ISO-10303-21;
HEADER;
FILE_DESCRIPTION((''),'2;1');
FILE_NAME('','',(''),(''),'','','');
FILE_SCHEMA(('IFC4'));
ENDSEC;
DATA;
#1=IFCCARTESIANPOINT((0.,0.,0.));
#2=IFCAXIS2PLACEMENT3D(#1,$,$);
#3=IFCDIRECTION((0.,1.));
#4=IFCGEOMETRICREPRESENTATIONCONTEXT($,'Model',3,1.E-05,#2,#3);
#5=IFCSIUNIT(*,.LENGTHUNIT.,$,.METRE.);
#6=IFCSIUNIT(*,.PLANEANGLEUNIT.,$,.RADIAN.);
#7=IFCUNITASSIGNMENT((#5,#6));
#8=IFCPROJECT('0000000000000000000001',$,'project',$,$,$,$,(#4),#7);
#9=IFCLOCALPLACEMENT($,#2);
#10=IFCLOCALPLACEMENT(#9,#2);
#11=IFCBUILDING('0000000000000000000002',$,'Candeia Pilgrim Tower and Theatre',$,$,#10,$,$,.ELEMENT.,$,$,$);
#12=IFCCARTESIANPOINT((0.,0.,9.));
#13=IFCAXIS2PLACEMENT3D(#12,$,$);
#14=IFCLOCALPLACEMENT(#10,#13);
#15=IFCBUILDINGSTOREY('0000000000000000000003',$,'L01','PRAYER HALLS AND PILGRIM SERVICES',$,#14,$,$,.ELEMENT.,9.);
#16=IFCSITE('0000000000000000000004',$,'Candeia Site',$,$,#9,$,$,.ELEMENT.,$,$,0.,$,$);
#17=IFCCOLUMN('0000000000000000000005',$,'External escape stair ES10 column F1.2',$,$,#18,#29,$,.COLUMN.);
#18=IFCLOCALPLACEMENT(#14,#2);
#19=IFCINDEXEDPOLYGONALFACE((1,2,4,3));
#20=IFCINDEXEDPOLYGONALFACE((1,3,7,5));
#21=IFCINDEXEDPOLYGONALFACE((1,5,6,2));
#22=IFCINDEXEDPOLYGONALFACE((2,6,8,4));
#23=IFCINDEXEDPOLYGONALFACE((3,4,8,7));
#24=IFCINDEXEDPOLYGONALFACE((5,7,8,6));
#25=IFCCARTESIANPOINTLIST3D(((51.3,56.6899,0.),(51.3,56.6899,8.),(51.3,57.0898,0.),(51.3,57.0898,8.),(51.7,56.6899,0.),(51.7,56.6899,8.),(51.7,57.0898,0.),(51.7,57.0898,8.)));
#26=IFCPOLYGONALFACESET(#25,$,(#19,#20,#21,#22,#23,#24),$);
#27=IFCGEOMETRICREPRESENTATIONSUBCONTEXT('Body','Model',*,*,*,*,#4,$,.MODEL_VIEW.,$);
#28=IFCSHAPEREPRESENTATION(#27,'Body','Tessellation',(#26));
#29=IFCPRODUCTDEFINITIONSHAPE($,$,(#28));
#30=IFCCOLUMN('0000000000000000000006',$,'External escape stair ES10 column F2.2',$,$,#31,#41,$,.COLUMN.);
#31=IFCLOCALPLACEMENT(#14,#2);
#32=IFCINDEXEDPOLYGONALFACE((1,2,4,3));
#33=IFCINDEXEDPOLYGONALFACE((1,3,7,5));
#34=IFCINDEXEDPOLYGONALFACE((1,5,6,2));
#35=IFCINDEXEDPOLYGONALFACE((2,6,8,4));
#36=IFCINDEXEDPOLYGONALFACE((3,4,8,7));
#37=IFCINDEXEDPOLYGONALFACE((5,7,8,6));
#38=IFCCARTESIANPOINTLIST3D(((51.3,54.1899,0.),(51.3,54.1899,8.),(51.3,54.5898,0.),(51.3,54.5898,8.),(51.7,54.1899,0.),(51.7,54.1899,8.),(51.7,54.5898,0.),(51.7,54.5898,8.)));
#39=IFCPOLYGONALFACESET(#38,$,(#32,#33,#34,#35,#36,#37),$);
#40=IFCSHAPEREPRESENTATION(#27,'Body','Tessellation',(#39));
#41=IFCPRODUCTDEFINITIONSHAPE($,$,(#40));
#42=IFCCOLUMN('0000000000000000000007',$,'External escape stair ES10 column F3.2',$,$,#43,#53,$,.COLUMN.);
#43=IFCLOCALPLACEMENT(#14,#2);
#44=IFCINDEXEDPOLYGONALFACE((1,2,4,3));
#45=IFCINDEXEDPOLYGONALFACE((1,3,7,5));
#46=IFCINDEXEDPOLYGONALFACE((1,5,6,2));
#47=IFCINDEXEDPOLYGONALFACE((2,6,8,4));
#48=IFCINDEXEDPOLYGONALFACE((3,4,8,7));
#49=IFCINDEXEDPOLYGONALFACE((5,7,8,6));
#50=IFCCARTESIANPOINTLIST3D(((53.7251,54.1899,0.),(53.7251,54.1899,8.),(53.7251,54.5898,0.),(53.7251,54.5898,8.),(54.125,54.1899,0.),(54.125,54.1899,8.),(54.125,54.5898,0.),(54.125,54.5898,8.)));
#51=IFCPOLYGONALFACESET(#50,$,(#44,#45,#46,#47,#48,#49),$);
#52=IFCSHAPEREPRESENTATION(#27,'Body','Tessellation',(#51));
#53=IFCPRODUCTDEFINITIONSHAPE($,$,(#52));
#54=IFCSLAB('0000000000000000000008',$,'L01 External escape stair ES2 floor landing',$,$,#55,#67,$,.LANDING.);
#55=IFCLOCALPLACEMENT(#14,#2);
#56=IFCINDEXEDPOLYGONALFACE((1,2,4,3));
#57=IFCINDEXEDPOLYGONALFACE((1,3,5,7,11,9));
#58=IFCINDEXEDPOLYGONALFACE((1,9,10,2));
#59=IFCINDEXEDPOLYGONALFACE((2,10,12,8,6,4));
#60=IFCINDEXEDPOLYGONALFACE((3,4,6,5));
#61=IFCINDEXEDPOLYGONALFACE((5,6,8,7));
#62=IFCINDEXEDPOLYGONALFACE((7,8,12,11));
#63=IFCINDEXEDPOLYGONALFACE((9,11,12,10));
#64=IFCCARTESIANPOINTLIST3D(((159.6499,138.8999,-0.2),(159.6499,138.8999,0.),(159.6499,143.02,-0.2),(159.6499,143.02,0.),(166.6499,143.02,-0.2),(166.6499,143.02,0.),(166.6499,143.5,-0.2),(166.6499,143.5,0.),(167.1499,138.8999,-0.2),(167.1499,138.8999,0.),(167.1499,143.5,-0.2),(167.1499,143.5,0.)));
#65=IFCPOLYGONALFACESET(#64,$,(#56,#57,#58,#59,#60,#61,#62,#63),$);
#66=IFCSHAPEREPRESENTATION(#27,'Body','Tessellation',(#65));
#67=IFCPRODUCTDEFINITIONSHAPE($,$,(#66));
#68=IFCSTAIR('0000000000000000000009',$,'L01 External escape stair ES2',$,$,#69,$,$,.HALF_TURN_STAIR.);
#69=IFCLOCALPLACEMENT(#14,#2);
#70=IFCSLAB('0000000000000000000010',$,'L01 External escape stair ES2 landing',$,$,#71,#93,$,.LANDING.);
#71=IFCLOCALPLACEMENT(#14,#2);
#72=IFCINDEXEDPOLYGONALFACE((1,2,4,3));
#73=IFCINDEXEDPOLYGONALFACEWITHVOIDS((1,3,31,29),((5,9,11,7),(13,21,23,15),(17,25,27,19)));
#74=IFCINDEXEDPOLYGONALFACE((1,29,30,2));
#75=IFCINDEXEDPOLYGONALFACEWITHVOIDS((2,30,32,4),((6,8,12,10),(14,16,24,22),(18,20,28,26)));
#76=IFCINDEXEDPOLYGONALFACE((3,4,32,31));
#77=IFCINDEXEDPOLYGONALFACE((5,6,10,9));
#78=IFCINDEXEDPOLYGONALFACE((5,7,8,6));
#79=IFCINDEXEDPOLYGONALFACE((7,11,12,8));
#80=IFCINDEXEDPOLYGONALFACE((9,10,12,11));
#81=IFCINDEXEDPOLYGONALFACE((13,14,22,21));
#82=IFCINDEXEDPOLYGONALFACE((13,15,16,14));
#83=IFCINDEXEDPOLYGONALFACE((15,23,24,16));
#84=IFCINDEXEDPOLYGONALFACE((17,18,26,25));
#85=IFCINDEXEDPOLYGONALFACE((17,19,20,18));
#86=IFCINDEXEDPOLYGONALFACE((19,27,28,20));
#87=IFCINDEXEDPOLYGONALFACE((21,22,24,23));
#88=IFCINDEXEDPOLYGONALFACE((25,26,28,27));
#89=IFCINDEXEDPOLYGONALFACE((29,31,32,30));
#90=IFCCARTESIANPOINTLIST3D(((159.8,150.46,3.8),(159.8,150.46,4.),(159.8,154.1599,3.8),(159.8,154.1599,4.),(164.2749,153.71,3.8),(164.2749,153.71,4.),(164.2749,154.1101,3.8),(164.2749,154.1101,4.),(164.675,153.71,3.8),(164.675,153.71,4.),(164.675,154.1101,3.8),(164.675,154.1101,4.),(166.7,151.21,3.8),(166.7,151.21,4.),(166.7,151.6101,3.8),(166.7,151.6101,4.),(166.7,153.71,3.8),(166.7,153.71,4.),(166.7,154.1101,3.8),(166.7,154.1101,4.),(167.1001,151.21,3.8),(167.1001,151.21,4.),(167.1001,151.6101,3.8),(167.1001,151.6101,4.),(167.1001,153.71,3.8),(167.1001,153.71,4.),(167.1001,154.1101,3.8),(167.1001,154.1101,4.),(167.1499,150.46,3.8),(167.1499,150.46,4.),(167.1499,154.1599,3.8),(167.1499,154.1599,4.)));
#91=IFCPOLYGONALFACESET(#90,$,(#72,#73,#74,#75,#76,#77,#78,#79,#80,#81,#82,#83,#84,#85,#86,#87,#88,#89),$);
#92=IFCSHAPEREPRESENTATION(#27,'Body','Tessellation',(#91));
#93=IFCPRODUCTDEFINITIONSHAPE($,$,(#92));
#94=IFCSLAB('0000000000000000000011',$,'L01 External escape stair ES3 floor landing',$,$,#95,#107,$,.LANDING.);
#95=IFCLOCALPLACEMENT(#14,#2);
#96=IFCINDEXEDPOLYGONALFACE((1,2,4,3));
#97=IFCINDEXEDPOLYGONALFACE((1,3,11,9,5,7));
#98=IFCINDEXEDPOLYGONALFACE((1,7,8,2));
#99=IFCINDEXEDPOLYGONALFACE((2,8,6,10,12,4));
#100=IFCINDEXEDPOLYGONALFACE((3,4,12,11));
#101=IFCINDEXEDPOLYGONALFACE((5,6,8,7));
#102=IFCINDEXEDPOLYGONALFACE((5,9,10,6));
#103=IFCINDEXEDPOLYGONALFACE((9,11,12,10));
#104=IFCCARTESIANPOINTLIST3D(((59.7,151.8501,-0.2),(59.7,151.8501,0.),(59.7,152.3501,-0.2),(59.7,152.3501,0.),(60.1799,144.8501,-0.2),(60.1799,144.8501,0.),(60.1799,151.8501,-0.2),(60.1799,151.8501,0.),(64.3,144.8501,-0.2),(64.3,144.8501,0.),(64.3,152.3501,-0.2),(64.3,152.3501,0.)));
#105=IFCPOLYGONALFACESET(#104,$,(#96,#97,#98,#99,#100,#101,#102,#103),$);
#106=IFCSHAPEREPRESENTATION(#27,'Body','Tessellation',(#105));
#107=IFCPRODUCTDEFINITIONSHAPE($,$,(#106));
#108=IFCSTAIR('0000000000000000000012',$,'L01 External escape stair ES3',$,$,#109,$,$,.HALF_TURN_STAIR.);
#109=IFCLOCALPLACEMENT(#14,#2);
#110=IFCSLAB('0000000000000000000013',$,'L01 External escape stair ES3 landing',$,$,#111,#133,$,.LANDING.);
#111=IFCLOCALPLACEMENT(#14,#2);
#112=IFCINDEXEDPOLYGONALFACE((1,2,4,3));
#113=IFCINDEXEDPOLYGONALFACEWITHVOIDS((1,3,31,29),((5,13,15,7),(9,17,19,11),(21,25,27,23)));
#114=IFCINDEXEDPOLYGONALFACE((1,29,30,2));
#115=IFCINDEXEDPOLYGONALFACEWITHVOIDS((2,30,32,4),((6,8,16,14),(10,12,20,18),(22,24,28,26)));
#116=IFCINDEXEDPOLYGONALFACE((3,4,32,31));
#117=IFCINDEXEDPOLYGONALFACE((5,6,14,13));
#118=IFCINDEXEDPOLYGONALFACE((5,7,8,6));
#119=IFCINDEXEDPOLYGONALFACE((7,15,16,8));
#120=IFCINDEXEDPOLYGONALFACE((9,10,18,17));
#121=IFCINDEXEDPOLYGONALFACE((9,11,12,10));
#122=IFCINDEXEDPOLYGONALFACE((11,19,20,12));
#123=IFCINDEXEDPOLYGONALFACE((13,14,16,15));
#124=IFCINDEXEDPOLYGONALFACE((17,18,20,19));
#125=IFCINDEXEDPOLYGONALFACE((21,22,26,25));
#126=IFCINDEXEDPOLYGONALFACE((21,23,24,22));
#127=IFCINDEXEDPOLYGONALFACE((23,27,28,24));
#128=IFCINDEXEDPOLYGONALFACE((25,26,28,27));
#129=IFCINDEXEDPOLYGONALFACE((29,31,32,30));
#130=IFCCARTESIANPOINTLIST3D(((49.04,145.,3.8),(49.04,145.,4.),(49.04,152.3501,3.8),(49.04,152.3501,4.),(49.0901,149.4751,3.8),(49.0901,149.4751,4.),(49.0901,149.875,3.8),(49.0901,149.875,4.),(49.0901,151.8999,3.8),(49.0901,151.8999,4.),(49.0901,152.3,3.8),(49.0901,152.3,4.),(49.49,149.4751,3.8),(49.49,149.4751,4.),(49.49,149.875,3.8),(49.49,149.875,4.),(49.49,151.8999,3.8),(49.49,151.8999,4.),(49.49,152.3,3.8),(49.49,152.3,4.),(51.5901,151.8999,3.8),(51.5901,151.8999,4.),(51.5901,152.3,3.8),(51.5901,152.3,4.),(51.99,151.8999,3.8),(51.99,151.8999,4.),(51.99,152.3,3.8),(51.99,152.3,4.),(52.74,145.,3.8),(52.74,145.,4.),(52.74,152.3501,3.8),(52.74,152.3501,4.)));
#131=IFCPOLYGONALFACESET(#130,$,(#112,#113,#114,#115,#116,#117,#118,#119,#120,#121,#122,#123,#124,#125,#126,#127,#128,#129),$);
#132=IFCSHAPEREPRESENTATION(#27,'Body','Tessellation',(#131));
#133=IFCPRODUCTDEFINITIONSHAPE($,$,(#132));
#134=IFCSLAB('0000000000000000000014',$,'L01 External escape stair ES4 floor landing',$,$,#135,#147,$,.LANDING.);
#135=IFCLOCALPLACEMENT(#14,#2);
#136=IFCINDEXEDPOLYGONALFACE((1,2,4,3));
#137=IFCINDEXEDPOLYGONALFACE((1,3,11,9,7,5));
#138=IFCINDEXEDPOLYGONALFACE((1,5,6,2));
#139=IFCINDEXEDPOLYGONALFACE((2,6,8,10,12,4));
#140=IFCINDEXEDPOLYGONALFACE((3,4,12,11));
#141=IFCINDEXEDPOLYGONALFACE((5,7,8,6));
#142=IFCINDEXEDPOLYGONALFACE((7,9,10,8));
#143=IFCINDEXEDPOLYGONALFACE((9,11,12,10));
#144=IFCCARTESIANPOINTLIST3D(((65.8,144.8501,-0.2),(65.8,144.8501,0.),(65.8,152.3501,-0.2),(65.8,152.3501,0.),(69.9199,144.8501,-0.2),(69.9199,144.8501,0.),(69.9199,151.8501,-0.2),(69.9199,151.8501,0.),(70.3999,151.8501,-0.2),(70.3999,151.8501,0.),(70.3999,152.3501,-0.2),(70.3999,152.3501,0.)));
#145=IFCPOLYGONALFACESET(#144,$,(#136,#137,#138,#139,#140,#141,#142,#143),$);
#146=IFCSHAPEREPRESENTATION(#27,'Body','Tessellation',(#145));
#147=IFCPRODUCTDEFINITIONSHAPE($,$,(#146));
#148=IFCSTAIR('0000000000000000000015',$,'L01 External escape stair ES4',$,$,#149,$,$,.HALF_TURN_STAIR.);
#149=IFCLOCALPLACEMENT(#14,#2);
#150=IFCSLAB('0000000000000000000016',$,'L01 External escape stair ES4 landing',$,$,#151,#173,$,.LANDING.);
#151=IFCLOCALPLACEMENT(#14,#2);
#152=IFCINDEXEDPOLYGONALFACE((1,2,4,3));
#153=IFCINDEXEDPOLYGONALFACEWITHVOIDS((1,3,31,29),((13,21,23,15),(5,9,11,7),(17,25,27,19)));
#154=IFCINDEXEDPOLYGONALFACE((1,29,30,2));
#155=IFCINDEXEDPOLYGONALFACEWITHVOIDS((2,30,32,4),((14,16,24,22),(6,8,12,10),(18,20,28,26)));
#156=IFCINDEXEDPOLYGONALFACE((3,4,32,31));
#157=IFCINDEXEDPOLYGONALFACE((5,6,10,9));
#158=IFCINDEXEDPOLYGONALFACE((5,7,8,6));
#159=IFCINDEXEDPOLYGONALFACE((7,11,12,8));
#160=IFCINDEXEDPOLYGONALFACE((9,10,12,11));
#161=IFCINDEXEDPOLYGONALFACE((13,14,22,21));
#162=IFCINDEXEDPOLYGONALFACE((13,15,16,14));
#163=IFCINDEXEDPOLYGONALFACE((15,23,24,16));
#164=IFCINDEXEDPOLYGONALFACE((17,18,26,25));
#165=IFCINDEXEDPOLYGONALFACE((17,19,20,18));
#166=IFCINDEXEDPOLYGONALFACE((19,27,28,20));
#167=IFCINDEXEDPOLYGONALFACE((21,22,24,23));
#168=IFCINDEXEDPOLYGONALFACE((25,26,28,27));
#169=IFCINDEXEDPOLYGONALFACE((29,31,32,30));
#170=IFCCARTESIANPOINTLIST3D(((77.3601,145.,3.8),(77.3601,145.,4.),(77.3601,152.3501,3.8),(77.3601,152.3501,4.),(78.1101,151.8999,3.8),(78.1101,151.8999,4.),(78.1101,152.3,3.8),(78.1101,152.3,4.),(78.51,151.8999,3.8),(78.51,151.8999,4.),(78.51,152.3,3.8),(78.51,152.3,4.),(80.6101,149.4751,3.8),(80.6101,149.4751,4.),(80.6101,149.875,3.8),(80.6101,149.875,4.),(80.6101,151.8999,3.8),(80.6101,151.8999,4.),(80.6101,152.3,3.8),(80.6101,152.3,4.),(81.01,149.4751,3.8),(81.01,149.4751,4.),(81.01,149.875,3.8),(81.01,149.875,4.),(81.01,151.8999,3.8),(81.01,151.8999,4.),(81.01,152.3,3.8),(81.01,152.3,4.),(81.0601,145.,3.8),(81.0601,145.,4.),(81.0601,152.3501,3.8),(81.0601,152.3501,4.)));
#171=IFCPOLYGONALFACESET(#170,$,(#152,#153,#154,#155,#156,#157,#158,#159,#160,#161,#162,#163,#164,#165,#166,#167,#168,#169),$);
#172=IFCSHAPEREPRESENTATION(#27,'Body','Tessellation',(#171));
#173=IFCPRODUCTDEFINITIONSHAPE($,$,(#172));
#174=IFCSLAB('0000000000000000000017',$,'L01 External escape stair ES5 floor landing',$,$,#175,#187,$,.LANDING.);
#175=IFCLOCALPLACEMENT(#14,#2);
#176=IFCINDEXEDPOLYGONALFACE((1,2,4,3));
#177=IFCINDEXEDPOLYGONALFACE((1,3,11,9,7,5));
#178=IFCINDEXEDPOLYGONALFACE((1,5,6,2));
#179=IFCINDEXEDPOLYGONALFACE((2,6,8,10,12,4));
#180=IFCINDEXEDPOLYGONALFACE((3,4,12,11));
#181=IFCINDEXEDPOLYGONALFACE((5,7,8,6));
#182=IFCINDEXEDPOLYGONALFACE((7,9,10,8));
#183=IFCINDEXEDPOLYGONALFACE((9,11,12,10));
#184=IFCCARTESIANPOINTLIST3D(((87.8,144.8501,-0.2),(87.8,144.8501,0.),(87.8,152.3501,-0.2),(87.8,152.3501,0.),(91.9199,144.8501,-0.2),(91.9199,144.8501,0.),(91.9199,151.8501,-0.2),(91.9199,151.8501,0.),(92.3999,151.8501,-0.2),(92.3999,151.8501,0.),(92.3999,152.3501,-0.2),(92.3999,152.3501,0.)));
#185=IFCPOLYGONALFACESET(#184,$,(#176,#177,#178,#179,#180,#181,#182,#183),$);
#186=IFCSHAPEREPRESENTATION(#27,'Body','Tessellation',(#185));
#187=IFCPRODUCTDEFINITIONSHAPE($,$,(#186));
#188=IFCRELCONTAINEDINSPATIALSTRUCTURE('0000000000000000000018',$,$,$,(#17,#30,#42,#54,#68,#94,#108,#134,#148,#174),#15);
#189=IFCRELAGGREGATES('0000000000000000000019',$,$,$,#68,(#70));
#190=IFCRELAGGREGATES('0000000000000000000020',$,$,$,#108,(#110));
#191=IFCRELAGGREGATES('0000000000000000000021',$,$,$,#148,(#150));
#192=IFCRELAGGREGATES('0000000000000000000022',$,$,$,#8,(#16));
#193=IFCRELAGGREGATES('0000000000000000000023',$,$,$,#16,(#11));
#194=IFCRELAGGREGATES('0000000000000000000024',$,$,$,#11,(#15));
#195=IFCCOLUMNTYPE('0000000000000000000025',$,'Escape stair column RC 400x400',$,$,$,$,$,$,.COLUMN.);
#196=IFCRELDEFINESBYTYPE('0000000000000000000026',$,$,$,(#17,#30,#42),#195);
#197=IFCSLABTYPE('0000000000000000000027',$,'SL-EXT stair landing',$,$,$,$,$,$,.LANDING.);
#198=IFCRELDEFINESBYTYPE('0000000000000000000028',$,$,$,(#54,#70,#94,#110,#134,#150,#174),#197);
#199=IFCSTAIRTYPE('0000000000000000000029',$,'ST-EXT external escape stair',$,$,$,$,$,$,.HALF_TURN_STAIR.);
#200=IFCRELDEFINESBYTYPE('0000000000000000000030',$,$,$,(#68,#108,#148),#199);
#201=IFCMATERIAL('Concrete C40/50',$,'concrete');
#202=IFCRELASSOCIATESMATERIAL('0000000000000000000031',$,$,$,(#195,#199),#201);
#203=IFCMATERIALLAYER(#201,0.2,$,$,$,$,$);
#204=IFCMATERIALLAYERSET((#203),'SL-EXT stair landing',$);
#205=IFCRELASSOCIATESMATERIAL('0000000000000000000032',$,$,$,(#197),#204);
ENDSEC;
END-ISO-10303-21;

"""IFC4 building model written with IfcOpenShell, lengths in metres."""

from ifc_helpers import new_model, si_unit, direction, frame, origin, origin_2d, place, context, subcontext, project, spatial, polyline, rectangle, outline, extrude, material, layer, layer_set, material_profile, profile_set, type_object, element, aggregate, save


model = new_model("IFC4")

# Units and contexts
model_context = context("Model", 3, precision=1e-05, world=origin(), true_north=direction((0.0, 1.0)))
body_context = subcontext(model_context, "Body", "Model", "MODEL_VIEW")
ifc_project = project(units=[si_unit("LENGTHUNIT", "METRE"), si_unit("PLANEANGLEUNIT", "RADIAN")], contexts=[model_context])

# Site, building, storey
site_placement = place(None, origin())
site = spatial("IfcSite", under=ifc_project, at=site_placement, Name="Candeia Site", CompositionType="ELEMENT", RefElevation=0.0)
building_placement = place(site_placement, origin())
building = spatial("IfcBuilding", under=site, at=building_placement, Name="Candeia Pilgrim Tower and Theatre", CompositionType="ELEMENT")
storey_placement = place(building_placement, frame((0.0, 0.0, 9.0)))
storey = spatial("IfcBuildingStorey", under=building, at=storey_placement, Name="L01", Description="PRAYER HALLS AND PILGRIM SERVICES", CompositionType="ELEMENT", Elevation=9.0)

# Columns
ifc_material_1 = material(Name="Concrete C40/50", Category="concrete")
ifc_material_profile = material_profile(ifc_material_1, rectangle(XDim=0.3999, YDim=0.3999, at=origin_2d()))
ifc_profile_set = profile_set([ifc_material_profile], Name="Concrete C40/50")
column_type = type_object("IfcColumnType", Name="Escape stair column RC 400x400", PredefinedType="COLUMN", material=ifc_profile_set)
for number, where, z_axis, x_axis, name in (
    (1, (51.5, 56.8899, 0.0), (0.0, 0.0, 1.0), (1.0, 0.0, 0.0), "External escape stair ES10 column F1.2"),
    (2, (51.5, 54.3899, 0.0), (0.0, 0.0, 1.0), (1.0, 0.0, 0.0), "External escape stair ES10 column F2.2"),
    (3, (53.925, 54.3899, 0.0), (0.0, 0.0, 1.0), (1.0, 0.0, 0.0), "External escape stair ES10 column F3.2"),
):
    element("IfcColumn", number, at=place(storey_placement, frame(where, z_axis=z_axis, x_axis=x_axis)), inside=storey, type_object=column_type, Name=name, PredefinedType="COLUMN", context=body_context, shape_type="SweptSolid", body=[
        extrude(rectangle(XDim=0.3999, YDim=0.3999, at=origin_2d()), origin(), (0.0, 0.0, 1.0), 8.0),
    ])

# Slab
ifc_layer = layer(ifc_material_1, 0.2)
ifc_layer_set = layer_set([ifc_layer], Name="SL-EXT stair landing")
slab_type = type_object("IfcSlabType", Name="SL-EXT stair landing", PredefinedType="LANDING", material=ifc_layer_set)
slab_1_placement = place(storey_placement, frame((0.0, 0.0, -0.2)))
element("IfcSlab", 4, at=slab_1_placement, inside=storey, type_object=slab_type, Name="L01 External escape stair ES2 floor landing", PredefinedType="LANDING", context=body_context, shape_type="SweptSolid", body=[
    extrude(outline(polyline([(159.6499, 138.8999), (159.6499, 143.02), (166.6499, 143.02), (166.6499, 143.5), (167.1499, 143.5), (167.1499, 138.8999), (159.6499, 138.8999)])), origin(), (0.0, 0.0, 1.0), 0.2),
])

# Stair, slab
stair_type = type_object("IfcStairType", Name="ST-EXT external escape stair", PredefinedType="HALF_TURN_STAIR", material=ifc_material_1)
stair_1_placement = place(storey_placement, origin())
stair_1 = element("IfcStair", 5, at=stair_1_placement, inside=storey, type_object=stair_type, Name="L01 External escape stair ES2", PredefinedType="HALF_TURN_STAIR")
slab_2_placement = place(storey_placement, frame((0.0, 0.0, 3.8)))
slab_2 = element("IfcSlab", 6, at=slab_2_placement, type_object=slab_type, Name="L01 External escape stair ES2 landing", PredefinedType="LANDING", context=body_context, shape_type="SweptSolid", body=[
    extrude(outline(polyline([(159.8, 150.46), (159.8, 154.1599), (167.1499, 154.1599), (167.1499, 150.46), (159.8, 150.46)]), holes=[polyline([(166.7, 151.21), (167.1001, 151.21), (167.1001, 151.6101), (166.7, 151.6101), (166.7, 151.21)]), polyline([(166.7, 153.71), (167.1001, 153.71), (167.1001, 154.1101), (166.7, 154.1101), (166.7, 153.71)]), polyline([(164.2749, 153.71), (164.675, 153.71), (164.675, 154.1101), (164.2749, 154.1101), (164.2749, 153.71)])]), origin(), (0.0, 0.0, 1.0), 0.2),
])
aggregate(stair_1, [slab_2])

# Slab
slab_3_placement = place(storey_placement, frame((0.0, 0.0, -0.2)))
element("IfcSlab", 7, at=slab_3_placement, inside=storey, type_object=slab_type, Name="L01 External escape stair ES3 floor landing", PredefinedType="LANDING", context=body_context, shape_type="SweptSolid", body=[
    extrude(outline(polyline([(64.3, 144.8501), (60.1799, 144.8501), (60.1799, 151.8501), (59.7, 151.8501), (59.7, 152.3501), (64.3, 152.3501), (64.3, 144.8501)])), origin(), (0.0, 0.0, 1.0), 0.2),
])

# Stair, slab
stair_2_placement = place(storey_placement, origin())
stair_2 = element("IfcStair", 8, at=stair_2_placement, inside=storey, type_object=stair_type, Name="L01 External escape stair ES3", PredefinedType="HALF_TURN_STAIR")
slab_4_placement = place(storey_placement, frame((0.0, 0.0, 3.8)))
slab_4 = element("IfcSlab", 9, at=slab_4_placement, type_object=slab_type, Name="L01 External escape stair ES3 landing", PredefinedType="LANDING", context=body_context, shape_type="SweptSolid", body=[
    extrude(outline(polyline([(52.74, 145.0), (49.04, 145.0), (49.04, 152.3501), (52.74, 152.3501), (52.74, 145.0)]), holes=[polyline([(51.5901, 151.8999), (51.99, 151.8999), (51.99, 152.3), (51.5901, 152.3), (51.5901, 151.8999)]), polyline([(49.0901, 151.8999), (49.49, 151.8999), (49.49, 152.3), (49.0901, 152.3), (49.0901, 151.8999)]), polyline([(49.0901, 149.4751), (49.49, 149.4751), (49.49, 149.875), (49.0901, 149.875), (49.0901, 149.4751)])]), origin(), (0.0, 0.0, 1.0), 0.2),
])
aggregate(stair_2, [slab_4])

# Slab
slab_5_placement = place(storey_placement, frame((0.0, 0.0, -0.2)))
element("IfcSlab", 10, at=slab_5_placement, inside=storey, type_object=slab_type, Name="L01 External escape stair ES4 floor landing", PredefinedType="LANDING", context=body_context, shape_type="SweptSolid", body=[
    extrude(outline(polyline([(65.8, 144.8501), (69.9199, 144.8501), (69.9199, 151.8501), (70.3999, 151.8501), (70.3999, 152.3501), (65.8, 152.3501), (65.8, 144.8501)])), origin(), (0.0, 0.0, 1.0), 0.2),
])

# Stair, slab
stair_3_placement = place(storey_placement, origin())
stair_3 = element("IfcStair", 11, at=stair_3_placement, inside=storey, type_object=stair_type, Name="L01 External escape stair ES4", PredefinedType="HALF_TURN_STAIR")
slab_6_placement = place(storey_placement, frame((0.0, 0.0, 3.8)))
slab_6 = element("IfcSlab", 12, at=slab_6_placement, type_object=slab_type, Name="L01 External escape stair ES4 landing", PredefinedType="LANDING", context=body_context, shape_type="SweptSolid", body=[
    extrude(outline(polyline([(77.3601, 145.0), (81.0601, 145.0), (81.0601, 152.3501), (77.3601, 152.3501), (77.3601, 145.0)]), holes=[polyline([(78.1101, 151.8999), (78.51, 151.8999), (78.51, 152.3), (78.1101, 152.3), (78.1101, 151.8999)]), polyline([(80.6101, 151.8999), (81.01, 151.8999), (81.01, 152.3), (80.6101, 152.3), (80.6101, 151.8999)]), polyline([(80.6101, 149.4751), (81.01, 149.4751), (81.01, 149.875), (80.6101, 149.875), (80.6101, 149.4751)])]), origin(), (0.0, 0.0, 1.0), 0.2),
])
aggregate(stair_3, [slab_6])

# Slab
slab_7_placement = place(storey_placement, frame((0.0, 0.0, -0.2)))
element("IfcSlab", 13, at=slab_7_placement, inside=storey, type_object=slab_type, Name="L01 External escape stair ES5 floor landing", PredefinedType="LANDING", context=body_context, shape_type="SweptSolid", body=[
    extrude(outline(polyline([(87.8, 144.8501), (91.9199, 144.8501), (91.9199, 151.8501), (92.3999, 151.8501), (92.3999, 152.3501), (87.8, 152.3501), (87.8, 144.8501)])), origin(), (0.0, 0.0, 1.0), 0.2),
])

save(model, "model.ifc")
